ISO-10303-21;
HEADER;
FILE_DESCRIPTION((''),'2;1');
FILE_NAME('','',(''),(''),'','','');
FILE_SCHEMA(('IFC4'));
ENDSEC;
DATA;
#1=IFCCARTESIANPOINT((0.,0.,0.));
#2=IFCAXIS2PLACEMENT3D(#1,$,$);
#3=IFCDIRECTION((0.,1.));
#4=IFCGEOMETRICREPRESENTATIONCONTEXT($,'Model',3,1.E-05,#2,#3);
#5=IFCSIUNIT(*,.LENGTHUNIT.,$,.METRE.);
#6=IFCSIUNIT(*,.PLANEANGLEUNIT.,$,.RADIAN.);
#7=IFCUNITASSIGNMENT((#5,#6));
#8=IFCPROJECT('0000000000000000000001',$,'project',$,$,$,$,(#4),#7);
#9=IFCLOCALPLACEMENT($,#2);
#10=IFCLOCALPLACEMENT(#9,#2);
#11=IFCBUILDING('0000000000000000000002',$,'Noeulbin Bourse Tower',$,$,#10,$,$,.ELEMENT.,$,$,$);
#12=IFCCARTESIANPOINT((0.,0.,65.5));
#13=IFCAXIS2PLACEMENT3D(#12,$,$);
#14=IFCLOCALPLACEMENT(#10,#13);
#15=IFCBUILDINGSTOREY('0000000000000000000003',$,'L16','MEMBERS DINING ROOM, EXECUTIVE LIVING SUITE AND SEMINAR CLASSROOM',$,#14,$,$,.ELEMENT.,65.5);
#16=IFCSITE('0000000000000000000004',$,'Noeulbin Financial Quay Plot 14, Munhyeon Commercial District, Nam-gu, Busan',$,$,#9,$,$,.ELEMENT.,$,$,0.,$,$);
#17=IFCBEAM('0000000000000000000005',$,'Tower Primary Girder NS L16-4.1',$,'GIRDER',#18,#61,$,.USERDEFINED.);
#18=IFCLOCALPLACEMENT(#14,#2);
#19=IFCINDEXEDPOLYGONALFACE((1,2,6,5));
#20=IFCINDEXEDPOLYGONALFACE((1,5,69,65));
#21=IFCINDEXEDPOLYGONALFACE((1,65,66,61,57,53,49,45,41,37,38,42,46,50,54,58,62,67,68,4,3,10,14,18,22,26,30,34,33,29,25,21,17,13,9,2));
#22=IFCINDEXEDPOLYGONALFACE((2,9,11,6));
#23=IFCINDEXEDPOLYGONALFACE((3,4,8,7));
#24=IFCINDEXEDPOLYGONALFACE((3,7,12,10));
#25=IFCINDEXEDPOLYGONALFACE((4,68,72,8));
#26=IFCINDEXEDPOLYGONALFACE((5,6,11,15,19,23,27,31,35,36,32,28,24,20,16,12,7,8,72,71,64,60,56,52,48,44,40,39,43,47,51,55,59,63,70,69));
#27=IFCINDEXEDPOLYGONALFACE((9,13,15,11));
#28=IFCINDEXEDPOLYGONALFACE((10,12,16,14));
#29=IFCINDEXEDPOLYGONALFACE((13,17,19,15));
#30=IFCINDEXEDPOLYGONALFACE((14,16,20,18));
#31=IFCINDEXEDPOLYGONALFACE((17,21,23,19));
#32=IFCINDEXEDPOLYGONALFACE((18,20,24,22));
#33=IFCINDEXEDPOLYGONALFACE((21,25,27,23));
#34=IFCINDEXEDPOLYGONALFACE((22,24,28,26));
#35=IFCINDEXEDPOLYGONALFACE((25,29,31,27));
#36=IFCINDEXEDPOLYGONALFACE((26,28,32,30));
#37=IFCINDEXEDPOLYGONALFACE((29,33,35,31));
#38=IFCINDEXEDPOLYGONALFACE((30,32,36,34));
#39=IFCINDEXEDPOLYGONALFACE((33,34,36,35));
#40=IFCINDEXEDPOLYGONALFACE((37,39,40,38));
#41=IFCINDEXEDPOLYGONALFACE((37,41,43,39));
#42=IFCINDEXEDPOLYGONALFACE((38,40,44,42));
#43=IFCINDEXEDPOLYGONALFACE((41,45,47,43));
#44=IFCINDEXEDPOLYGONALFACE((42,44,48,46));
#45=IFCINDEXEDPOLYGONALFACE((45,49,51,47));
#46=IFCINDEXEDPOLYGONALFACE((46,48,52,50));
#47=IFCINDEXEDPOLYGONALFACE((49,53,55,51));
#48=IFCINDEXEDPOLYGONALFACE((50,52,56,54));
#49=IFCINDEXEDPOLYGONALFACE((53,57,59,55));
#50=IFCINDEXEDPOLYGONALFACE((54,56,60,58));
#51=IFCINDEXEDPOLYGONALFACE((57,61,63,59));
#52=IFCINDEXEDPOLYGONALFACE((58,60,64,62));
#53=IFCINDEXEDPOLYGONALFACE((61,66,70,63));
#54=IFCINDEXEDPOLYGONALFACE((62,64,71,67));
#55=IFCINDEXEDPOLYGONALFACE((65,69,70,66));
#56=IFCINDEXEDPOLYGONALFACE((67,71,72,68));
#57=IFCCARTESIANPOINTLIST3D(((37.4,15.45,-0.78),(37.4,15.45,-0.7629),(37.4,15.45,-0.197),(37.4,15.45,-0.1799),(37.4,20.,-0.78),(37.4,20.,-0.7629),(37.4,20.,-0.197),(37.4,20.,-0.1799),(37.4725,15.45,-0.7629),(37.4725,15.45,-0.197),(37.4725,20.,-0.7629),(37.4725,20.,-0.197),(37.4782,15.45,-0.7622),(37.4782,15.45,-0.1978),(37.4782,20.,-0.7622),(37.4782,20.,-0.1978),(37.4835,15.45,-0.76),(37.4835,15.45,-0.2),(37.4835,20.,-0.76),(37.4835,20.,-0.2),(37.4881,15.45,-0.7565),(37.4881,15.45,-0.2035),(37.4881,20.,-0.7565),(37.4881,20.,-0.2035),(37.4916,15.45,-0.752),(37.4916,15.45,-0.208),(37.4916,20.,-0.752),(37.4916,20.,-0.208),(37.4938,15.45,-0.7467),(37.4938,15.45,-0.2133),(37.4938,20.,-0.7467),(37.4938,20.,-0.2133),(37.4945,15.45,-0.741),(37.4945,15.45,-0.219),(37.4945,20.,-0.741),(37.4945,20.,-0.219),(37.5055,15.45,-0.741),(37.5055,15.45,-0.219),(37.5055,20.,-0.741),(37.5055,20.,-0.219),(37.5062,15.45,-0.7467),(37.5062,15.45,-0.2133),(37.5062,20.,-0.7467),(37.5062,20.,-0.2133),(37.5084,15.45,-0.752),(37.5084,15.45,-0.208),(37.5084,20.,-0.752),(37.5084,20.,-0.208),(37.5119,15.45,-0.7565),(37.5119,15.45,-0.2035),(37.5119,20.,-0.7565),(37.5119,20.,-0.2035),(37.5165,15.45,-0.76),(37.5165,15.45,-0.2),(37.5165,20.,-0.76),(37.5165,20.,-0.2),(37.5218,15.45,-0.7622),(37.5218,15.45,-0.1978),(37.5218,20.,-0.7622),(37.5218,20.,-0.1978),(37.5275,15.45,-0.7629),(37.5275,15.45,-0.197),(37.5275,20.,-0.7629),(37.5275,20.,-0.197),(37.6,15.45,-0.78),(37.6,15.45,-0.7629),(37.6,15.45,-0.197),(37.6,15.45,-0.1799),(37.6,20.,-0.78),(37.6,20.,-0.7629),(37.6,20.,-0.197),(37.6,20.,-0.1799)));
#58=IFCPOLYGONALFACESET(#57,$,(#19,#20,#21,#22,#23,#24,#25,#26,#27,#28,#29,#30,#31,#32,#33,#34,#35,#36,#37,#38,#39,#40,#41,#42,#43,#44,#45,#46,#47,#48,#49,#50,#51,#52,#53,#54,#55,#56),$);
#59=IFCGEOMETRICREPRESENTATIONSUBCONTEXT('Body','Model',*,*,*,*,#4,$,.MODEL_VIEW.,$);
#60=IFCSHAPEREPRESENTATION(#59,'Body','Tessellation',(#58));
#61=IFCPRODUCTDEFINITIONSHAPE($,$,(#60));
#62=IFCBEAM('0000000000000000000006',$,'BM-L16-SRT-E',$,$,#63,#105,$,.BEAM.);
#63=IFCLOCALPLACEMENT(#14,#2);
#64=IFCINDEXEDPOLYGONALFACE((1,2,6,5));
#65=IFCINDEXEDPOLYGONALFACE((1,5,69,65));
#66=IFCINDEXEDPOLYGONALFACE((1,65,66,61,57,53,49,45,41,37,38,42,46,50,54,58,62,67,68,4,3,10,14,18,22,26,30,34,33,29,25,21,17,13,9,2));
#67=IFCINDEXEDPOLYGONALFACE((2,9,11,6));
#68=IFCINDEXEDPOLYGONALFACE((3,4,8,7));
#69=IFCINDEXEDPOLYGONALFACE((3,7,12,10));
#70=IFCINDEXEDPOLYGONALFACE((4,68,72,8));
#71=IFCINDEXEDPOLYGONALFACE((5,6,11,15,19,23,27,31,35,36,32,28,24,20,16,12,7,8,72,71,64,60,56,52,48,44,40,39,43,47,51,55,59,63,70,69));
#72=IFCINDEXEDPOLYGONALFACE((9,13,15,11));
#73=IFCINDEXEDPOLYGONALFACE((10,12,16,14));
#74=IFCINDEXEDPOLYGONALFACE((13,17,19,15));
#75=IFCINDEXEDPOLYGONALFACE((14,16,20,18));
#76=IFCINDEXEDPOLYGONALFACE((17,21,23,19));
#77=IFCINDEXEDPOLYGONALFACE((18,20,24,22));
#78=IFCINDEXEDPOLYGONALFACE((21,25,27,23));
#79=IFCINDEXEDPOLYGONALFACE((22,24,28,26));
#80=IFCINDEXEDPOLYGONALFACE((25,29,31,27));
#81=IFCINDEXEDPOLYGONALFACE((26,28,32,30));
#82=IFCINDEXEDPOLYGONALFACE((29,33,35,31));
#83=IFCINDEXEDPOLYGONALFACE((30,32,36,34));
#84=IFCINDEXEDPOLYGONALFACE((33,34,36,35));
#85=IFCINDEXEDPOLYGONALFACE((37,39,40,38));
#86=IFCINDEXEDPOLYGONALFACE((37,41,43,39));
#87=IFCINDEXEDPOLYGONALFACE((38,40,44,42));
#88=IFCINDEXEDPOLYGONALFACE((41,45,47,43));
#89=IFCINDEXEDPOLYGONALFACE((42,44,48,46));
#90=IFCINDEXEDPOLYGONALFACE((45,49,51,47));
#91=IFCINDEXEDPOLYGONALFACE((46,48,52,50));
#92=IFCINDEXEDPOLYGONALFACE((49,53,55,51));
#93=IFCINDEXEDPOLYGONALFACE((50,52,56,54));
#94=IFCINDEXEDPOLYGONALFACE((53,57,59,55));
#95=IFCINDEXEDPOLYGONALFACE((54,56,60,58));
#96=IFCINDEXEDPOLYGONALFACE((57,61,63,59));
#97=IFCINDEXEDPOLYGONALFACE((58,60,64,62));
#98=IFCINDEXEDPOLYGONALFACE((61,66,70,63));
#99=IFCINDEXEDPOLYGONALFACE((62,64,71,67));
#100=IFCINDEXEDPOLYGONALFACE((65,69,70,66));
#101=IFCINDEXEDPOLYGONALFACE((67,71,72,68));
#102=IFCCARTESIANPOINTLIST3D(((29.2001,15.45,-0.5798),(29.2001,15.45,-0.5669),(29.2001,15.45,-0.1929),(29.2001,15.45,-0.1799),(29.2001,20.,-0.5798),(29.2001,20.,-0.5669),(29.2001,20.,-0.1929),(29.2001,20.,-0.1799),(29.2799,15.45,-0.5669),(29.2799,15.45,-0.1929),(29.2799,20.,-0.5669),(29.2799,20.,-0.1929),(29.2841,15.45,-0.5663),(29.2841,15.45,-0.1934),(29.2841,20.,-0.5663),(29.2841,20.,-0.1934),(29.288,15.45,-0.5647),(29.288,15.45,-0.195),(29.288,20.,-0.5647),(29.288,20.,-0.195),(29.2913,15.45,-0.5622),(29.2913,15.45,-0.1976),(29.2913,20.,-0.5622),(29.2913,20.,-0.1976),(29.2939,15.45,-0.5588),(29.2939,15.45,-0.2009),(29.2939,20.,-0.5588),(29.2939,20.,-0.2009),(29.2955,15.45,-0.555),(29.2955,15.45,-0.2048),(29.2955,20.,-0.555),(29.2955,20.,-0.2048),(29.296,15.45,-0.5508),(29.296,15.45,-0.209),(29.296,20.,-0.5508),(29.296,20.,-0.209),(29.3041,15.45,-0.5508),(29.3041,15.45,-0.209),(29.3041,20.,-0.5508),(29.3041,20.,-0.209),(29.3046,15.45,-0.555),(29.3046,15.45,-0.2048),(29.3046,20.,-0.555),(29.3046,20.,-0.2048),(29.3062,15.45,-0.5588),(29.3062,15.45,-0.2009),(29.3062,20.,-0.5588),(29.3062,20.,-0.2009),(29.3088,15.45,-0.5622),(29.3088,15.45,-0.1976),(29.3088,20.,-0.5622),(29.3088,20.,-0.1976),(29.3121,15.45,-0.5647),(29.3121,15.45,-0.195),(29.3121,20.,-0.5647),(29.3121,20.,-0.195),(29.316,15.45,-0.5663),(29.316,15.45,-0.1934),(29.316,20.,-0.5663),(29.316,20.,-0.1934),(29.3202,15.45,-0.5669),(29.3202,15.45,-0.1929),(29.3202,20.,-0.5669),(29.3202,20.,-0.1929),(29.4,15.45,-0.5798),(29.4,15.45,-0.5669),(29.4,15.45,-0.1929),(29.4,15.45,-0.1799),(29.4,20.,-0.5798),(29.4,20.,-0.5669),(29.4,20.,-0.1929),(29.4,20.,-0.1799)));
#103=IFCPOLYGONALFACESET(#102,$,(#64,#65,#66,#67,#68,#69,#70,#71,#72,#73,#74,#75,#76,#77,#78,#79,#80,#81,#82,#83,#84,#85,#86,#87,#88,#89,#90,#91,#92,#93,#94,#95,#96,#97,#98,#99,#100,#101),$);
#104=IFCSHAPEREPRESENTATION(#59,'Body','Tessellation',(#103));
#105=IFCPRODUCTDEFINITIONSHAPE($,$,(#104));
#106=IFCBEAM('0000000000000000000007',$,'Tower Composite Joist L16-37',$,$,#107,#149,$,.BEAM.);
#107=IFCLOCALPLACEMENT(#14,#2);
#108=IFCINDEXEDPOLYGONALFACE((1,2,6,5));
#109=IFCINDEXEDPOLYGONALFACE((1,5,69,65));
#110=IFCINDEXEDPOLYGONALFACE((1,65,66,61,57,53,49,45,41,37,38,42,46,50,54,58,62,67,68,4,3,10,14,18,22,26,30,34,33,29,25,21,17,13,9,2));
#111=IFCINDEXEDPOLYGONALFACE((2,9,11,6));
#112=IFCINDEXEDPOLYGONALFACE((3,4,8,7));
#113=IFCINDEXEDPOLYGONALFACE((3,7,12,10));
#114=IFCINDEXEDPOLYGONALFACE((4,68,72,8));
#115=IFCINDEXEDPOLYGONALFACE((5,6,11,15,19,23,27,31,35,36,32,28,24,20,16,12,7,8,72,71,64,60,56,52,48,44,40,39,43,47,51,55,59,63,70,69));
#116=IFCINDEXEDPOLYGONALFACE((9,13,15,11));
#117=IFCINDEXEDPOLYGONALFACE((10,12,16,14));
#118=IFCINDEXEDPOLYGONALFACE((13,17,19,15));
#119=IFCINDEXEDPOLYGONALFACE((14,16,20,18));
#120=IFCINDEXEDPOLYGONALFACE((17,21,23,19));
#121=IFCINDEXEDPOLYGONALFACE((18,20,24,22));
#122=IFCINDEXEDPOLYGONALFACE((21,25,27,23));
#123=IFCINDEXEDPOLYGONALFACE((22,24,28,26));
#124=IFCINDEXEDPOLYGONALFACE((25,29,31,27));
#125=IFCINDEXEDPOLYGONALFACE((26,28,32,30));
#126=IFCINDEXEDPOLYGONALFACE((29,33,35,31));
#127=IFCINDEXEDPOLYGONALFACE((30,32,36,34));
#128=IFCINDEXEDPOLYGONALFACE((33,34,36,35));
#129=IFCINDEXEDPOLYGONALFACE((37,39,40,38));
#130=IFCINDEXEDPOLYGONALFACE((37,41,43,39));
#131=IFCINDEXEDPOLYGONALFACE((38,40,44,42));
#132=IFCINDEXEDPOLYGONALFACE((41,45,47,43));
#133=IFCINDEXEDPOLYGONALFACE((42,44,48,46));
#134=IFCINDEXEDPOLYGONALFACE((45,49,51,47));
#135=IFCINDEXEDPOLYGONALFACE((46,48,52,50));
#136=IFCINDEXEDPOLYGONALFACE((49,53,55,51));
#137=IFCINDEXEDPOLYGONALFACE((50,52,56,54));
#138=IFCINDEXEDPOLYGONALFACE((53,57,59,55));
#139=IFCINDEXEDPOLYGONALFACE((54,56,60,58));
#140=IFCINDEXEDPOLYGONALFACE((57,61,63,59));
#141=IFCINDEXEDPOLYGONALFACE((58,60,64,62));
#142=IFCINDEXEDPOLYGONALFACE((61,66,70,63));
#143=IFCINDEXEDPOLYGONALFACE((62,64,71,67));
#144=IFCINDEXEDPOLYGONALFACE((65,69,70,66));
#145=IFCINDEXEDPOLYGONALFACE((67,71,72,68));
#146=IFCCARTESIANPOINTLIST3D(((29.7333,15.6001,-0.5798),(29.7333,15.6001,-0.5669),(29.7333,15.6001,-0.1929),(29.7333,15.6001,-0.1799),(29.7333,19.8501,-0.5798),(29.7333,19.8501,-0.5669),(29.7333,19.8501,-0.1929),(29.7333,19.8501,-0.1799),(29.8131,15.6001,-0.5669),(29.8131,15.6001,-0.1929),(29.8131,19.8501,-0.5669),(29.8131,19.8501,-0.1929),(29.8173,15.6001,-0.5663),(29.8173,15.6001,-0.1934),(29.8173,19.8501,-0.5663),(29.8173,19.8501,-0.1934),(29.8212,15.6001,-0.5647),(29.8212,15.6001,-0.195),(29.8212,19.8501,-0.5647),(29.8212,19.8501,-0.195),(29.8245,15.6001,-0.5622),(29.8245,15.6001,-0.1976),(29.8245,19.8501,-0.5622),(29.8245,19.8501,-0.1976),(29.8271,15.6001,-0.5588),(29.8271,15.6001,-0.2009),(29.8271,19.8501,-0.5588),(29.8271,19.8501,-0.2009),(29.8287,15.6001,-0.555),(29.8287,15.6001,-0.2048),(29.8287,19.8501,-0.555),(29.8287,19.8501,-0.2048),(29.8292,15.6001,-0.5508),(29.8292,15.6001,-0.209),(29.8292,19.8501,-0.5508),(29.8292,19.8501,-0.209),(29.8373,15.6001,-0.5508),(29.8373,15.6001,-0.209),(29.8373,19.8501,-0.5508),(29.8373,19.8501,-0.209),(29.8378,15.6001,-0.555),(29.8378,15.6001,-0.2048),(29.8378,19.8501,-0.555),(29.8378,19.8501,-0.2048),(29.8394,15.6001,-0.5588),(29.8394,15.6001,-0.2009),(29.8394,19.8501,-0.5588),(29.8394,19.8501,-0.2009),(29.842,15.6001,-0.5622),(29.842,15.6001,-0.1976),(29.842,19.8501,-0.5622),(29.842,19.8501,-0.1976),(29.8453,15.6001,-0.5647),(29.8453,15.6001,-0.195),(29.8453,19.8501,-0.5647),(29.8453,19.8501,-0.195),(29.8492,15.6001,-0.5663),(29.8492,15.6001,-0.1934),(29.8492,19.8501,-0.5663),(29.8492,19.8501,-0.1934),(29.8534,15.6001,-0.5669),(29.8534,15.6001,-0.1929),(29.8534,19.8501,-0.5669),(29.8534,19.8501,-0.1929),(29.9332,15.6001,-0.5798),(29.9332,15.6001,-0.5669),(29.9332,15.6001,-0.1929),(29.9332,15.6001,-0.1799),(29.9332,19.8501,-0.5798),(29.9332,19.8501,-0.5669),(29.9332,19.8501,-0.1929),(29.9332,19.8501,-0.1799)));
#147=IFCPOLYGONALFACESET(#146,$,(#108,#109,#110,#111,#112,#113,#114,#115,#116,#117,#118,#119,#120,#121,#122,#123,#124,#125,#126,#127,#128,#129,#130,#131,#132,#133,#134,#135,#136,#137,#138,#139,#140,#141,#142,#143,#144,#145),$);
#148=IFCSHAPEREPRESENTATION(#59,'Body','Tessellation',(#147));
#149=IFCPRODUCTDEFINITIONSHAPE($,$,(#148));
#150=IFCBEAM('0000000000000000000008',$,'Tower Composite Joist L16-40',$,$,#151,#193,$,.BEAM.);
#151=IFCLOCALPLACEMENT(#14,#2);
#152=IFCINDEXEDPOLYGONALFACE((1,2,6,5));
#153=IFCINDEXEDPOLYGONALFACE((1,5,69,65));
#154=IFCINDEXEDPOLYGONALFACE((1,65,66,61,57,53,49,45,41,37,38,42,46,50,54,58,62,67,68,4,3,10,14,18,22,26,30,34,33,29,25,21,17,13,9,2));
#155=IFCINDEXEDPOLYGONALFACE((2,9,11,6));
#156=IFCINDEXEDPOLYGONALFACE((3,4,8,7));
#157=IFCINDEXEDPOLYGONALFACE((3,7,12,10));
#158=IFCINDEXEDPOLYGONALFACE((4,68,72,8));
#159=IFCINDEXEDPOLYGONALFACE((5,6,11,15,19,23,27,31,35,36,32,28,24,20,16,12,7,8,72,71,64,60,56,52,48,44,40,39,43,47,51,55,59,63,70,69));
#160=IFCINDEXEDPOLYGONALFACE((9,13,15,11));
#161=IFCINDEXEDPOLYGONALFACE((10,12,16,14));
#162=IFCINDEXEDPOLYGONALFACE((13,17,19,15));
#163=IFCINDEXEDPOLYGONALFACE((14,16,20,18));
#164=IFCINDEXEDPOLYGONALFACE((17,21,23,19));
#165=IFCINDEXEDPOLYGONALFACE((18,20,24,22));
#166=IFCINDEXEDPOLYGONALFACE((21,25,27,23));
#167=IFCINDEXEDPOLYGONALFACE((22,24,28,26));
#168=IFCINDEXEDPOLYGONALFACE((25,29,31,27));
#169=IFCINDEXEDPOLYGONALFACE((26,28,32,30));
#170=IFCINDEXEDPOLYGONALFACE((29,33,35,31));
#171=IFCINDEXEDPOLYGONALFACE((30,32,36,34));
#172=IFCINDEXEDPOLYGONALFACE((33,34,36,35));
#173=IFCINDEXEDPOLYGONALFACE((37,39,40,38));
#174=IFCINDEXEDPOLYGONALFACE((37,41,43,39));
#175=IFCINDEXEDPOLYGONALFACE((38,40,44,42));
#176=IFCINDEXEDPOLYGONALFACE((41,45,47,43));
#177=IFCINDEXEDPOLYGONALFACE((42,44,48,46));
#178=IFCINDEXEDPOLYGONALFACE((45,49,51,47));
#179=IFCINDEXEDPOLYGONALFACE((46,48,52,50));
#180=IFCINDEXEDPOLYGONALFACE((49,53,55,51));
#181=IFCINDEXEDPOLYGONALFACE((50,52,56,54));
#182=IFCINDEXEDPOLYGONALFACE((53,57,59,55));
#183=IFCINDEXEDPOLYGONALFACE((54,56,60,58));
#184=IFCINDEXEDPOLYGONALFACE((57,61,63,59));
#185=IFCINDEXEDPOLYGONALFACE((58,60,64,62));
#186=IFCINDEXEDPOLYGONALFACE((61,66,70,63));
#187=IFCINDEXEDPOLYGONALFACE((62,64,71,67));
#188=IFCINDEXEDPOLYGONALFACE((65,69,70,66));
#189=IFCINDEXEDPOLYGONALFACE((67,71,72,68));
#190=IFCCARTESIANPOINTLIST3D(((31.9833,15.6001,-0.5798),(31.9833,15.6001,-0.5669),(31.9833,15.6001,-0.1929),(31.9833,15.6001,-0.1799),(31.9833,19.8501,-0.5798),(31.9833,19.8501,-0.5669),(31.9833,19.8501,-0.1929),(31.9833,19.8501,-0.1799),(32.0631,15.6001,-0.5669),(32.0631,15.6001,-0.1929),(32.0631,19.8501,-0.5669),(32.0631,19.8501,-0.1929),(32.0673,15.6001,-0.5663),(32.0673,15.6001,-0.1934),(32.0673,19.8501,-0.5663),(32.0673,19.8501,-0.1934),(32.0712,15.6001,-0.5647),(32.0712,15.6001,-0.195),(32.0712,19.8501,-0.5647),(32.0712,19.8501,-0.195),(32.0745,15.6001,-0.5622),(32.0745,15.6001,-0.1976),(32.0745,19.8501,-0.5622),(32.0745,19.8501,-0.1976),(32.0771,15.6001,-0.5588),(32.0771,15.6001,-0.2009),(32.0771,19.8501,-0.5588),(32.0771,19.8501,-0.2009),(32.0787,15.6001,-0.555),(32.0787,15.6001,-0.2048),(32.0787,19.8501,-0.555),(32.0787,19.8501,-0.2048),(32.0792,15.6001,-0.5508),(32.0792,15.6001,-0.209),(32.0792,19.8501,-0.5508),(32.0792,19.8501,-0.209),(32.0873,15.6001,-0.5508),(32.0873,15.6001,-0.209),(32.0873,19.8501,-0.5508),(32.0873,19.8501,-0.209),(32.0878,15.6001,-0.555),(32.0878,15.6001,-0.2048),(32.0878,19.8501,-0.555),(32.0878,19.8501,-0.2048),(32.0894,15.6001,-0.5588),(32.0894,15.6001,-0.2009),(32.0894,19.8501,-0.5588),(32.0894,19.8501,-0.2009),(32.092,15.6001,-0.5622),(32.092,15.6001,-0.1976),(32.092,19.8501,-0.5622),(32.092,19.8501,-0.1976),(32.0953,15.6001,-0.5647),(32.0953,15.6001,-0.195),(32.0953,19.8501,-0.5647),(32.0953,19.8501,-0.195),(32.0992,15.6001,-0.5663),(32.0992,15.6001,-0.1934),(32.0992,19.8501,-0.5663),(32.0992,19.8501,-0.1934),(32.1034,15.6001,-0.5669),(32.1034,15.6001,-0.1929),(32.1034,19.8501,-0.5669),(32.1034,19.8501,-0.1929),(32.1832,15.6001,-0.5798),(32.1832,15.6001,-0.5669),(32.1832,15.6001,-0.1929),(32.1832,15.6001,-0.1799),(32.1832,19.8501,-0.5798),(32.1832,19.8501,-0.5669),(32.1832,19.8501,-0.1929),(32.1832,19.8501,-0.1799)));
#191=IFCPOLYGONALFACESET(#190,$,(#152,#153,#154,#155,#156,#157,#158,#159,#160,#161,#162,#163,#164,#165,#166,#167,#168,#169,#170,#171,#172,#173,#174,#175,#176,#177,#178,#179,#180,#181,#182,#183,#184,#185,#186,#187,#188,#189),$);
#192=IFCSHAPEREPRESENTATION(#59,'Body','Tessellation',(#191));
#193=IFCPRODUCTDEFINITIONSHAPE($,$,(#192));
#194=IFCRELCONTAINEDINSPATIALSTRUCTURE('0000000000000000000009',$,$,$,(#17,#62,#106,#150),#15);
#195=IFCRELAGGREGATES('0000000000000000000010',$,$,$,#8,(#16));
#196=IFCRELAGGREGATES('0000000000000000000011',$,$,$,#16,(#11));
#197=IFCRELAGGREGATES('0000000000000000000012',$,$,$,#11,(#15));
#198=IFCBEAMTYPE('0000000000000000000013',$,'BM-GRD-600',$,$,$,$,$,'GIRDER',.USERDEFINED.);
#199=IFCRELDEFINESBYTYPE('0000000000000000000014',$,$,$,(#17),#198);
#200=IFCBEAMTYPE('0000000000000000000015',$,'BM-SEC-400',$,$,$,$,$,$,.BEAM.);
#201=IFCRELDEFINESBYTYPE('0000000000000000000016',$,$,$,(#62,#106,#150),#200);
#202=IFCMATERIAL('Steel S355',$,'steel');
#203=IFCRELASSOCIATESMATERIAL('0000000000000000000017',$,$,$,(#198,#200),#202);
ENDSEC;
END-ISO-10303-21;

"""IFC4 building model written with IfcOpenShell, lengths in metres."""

from ifc_helpers import new_model, si_unit, direction, frame, origin, origin_2d, place, context, subcontext, project, spatial, i_section, extrude, material, material_profile, profile_set, type_object, element, save


model = new_model("IFC4")

# Units and contexts
model_context = context("Model", 3, precision=1e-05, world=origin(), true_north=direction((0.0, 1.0)))
body_context = subcontext(model_context, "Body", "Model", "MODEL_VIEW")
ifc_project = project(units=[si_unit("LENGTHUNIT", "METRE"), si_unit("PLANEANGLEUNIT", "RADIAN")], contexts=[model_context])

# Site, building, storey
site_placement = place(None, origin())
site = spatial("IfcSite", under=ifc_project, at=site_placement, Name="Noeulbin Financial Quay Plot 14, Munhyeon Commercial District, Nam-gu, Busan", CompositionType="ELEMENT", RefElevation=0.0)
building_placement = place(site_placement, origin())
building = spatial("IfcBuilding", under=site, at=building_placement, Name="Noeulbin Bourse Tower", CompositionType="ELEMENT")
storey_placement = place(building_placement, frame((0.0, 0.0, 65.5)))
storey = spatial("IfcBuildingStorey", under=building, at=storey_placement, Name="L16", Description="MEMBERS DINING ROOM, EXECUTIVE LIVING SUITE AND SEMINAR CLASSROOM", CompositionType="ELEMENT", Elevation=65.5)

# Beams
ifc_material_1 = material(Name="Steel S355", Category="steel")
ifc_material_profile_1 = material_profile(ifc_material_1, i_section(OverallWidth=0.2, OverallDepth=0.6001, WebThickness=0.011, FlangeThickness=0.0171, FilletRadius=0.022, at=origin_2d()), Name="H-600x200x11x17", Category="LoadBearing")
ifc_profile_set_1 = profile_set([ifc_material_profile_1], Name="Steel S355")
beam_type_1 = type_object("IfcBeamType", Name="BM-GRD-600", ElementType="GIRDER", PredefinedType="USERDEFINED", material=ifc_profile_set_1)
for number, where, z_axis, x_axis, name in (
    (1, (37.5, 15.45, -0.48), (0.0, 1.0, 0.0), (-1.0, 0.0, 0.0), "Tower Primary Girder NS L16-4.1"),
):
    element("IfcBeam", number, at=place(storey_placement, frame(where, z_axis=z_axis, x_axis=x_axis)), inside=storey, type_object=beam_type_1, Name=name, ObjectType="GIRDER", PredefinedType="USERDEFINED", context=body_context, shape_type="SweptSolid", body=[
        extrude(i_section(OverallWidth=0.2, OverallDepth=0.6001, WebThickness=0.011, FlangeThickness=0.0171, FilletRadius=0.022, at=origin_2d()), origin(), (0.0, 0.0, 1.0), 4.55),
    ])
ifc_material_profile_2 = material_profile(ifc_material_1, i_section(OverallWidth=0.2, OverallDepth=0.3999, WebThickness=0.0081, FlangeThickness=0.0129, FilletRadius=0.0161, at=origin_2d()), Name="H-400x200x8x13", Category="LoadBearing")
ifc_profile_set_2 = profile_set([ifc_material_profile_2], Name="Steel S355")
beam_type_2 = type_object("IfcBeamType", Name="BM-SEC-400", PredefinedType="BEAM", material=ifc_profile_set_2)
beam_1_placement = place(storey_placement, frame((29.3, 15.45, -0.3799), z_axis=(0.0, 1.0, 0.0), x_axis=(-1.0, 0.0, 0.0)))
element("IfcBeam", 2, at=beam_1_placement, inside=storey, type_object=beam_type_2, Name="BM-L16-SRT-E", PredefinedType="BEAM", context=body_context, shape_type="SweptSolid", body=[
    extrude(i_section(OverallWidth=0.2, OverallDepth=0.3999, WebThickness=0.0081, FlangeThickness=0.0129, FilletRadius=0.0161, at=origin_2d()), origin(), (0.0, 0.0, 1.0), 4.55),
])
for number, where, z_axis, x_axis, name in (
    (3, (29.8333, 15.6001, -0.3799), (0.0, 1.0, 0.0), (-1.0, 0.0, 0.0), "Tower Composite Joist L16-37"),
    (4, (32.0833, 15.6001, -0.3799), (0.0, 1.0, 0.0), (-1.0, 0.0, 0.0), "Tower Composite Joist L16-40"),
):
    element("IfcBeam", number, at=place(storey_placement, frame(where, z_axis=z_axis, x_axis=x_axis)), inside=storey, type_object=beam_type_2, Name=name, PredefinedType="BEAM", context=body_context, shape_type="SweptSolid", body=[
        extrude(i_section(OverallWidth=0.2, OverallDepth=0.3999, WebThickness=0.0081, FlangeThickness=0.0129, FilletRadius=0.0161, at=origin_2d()), origin(), (0.0, 0.0, 1.0), 4.25),
    ])

save(model, "model.ifc")
